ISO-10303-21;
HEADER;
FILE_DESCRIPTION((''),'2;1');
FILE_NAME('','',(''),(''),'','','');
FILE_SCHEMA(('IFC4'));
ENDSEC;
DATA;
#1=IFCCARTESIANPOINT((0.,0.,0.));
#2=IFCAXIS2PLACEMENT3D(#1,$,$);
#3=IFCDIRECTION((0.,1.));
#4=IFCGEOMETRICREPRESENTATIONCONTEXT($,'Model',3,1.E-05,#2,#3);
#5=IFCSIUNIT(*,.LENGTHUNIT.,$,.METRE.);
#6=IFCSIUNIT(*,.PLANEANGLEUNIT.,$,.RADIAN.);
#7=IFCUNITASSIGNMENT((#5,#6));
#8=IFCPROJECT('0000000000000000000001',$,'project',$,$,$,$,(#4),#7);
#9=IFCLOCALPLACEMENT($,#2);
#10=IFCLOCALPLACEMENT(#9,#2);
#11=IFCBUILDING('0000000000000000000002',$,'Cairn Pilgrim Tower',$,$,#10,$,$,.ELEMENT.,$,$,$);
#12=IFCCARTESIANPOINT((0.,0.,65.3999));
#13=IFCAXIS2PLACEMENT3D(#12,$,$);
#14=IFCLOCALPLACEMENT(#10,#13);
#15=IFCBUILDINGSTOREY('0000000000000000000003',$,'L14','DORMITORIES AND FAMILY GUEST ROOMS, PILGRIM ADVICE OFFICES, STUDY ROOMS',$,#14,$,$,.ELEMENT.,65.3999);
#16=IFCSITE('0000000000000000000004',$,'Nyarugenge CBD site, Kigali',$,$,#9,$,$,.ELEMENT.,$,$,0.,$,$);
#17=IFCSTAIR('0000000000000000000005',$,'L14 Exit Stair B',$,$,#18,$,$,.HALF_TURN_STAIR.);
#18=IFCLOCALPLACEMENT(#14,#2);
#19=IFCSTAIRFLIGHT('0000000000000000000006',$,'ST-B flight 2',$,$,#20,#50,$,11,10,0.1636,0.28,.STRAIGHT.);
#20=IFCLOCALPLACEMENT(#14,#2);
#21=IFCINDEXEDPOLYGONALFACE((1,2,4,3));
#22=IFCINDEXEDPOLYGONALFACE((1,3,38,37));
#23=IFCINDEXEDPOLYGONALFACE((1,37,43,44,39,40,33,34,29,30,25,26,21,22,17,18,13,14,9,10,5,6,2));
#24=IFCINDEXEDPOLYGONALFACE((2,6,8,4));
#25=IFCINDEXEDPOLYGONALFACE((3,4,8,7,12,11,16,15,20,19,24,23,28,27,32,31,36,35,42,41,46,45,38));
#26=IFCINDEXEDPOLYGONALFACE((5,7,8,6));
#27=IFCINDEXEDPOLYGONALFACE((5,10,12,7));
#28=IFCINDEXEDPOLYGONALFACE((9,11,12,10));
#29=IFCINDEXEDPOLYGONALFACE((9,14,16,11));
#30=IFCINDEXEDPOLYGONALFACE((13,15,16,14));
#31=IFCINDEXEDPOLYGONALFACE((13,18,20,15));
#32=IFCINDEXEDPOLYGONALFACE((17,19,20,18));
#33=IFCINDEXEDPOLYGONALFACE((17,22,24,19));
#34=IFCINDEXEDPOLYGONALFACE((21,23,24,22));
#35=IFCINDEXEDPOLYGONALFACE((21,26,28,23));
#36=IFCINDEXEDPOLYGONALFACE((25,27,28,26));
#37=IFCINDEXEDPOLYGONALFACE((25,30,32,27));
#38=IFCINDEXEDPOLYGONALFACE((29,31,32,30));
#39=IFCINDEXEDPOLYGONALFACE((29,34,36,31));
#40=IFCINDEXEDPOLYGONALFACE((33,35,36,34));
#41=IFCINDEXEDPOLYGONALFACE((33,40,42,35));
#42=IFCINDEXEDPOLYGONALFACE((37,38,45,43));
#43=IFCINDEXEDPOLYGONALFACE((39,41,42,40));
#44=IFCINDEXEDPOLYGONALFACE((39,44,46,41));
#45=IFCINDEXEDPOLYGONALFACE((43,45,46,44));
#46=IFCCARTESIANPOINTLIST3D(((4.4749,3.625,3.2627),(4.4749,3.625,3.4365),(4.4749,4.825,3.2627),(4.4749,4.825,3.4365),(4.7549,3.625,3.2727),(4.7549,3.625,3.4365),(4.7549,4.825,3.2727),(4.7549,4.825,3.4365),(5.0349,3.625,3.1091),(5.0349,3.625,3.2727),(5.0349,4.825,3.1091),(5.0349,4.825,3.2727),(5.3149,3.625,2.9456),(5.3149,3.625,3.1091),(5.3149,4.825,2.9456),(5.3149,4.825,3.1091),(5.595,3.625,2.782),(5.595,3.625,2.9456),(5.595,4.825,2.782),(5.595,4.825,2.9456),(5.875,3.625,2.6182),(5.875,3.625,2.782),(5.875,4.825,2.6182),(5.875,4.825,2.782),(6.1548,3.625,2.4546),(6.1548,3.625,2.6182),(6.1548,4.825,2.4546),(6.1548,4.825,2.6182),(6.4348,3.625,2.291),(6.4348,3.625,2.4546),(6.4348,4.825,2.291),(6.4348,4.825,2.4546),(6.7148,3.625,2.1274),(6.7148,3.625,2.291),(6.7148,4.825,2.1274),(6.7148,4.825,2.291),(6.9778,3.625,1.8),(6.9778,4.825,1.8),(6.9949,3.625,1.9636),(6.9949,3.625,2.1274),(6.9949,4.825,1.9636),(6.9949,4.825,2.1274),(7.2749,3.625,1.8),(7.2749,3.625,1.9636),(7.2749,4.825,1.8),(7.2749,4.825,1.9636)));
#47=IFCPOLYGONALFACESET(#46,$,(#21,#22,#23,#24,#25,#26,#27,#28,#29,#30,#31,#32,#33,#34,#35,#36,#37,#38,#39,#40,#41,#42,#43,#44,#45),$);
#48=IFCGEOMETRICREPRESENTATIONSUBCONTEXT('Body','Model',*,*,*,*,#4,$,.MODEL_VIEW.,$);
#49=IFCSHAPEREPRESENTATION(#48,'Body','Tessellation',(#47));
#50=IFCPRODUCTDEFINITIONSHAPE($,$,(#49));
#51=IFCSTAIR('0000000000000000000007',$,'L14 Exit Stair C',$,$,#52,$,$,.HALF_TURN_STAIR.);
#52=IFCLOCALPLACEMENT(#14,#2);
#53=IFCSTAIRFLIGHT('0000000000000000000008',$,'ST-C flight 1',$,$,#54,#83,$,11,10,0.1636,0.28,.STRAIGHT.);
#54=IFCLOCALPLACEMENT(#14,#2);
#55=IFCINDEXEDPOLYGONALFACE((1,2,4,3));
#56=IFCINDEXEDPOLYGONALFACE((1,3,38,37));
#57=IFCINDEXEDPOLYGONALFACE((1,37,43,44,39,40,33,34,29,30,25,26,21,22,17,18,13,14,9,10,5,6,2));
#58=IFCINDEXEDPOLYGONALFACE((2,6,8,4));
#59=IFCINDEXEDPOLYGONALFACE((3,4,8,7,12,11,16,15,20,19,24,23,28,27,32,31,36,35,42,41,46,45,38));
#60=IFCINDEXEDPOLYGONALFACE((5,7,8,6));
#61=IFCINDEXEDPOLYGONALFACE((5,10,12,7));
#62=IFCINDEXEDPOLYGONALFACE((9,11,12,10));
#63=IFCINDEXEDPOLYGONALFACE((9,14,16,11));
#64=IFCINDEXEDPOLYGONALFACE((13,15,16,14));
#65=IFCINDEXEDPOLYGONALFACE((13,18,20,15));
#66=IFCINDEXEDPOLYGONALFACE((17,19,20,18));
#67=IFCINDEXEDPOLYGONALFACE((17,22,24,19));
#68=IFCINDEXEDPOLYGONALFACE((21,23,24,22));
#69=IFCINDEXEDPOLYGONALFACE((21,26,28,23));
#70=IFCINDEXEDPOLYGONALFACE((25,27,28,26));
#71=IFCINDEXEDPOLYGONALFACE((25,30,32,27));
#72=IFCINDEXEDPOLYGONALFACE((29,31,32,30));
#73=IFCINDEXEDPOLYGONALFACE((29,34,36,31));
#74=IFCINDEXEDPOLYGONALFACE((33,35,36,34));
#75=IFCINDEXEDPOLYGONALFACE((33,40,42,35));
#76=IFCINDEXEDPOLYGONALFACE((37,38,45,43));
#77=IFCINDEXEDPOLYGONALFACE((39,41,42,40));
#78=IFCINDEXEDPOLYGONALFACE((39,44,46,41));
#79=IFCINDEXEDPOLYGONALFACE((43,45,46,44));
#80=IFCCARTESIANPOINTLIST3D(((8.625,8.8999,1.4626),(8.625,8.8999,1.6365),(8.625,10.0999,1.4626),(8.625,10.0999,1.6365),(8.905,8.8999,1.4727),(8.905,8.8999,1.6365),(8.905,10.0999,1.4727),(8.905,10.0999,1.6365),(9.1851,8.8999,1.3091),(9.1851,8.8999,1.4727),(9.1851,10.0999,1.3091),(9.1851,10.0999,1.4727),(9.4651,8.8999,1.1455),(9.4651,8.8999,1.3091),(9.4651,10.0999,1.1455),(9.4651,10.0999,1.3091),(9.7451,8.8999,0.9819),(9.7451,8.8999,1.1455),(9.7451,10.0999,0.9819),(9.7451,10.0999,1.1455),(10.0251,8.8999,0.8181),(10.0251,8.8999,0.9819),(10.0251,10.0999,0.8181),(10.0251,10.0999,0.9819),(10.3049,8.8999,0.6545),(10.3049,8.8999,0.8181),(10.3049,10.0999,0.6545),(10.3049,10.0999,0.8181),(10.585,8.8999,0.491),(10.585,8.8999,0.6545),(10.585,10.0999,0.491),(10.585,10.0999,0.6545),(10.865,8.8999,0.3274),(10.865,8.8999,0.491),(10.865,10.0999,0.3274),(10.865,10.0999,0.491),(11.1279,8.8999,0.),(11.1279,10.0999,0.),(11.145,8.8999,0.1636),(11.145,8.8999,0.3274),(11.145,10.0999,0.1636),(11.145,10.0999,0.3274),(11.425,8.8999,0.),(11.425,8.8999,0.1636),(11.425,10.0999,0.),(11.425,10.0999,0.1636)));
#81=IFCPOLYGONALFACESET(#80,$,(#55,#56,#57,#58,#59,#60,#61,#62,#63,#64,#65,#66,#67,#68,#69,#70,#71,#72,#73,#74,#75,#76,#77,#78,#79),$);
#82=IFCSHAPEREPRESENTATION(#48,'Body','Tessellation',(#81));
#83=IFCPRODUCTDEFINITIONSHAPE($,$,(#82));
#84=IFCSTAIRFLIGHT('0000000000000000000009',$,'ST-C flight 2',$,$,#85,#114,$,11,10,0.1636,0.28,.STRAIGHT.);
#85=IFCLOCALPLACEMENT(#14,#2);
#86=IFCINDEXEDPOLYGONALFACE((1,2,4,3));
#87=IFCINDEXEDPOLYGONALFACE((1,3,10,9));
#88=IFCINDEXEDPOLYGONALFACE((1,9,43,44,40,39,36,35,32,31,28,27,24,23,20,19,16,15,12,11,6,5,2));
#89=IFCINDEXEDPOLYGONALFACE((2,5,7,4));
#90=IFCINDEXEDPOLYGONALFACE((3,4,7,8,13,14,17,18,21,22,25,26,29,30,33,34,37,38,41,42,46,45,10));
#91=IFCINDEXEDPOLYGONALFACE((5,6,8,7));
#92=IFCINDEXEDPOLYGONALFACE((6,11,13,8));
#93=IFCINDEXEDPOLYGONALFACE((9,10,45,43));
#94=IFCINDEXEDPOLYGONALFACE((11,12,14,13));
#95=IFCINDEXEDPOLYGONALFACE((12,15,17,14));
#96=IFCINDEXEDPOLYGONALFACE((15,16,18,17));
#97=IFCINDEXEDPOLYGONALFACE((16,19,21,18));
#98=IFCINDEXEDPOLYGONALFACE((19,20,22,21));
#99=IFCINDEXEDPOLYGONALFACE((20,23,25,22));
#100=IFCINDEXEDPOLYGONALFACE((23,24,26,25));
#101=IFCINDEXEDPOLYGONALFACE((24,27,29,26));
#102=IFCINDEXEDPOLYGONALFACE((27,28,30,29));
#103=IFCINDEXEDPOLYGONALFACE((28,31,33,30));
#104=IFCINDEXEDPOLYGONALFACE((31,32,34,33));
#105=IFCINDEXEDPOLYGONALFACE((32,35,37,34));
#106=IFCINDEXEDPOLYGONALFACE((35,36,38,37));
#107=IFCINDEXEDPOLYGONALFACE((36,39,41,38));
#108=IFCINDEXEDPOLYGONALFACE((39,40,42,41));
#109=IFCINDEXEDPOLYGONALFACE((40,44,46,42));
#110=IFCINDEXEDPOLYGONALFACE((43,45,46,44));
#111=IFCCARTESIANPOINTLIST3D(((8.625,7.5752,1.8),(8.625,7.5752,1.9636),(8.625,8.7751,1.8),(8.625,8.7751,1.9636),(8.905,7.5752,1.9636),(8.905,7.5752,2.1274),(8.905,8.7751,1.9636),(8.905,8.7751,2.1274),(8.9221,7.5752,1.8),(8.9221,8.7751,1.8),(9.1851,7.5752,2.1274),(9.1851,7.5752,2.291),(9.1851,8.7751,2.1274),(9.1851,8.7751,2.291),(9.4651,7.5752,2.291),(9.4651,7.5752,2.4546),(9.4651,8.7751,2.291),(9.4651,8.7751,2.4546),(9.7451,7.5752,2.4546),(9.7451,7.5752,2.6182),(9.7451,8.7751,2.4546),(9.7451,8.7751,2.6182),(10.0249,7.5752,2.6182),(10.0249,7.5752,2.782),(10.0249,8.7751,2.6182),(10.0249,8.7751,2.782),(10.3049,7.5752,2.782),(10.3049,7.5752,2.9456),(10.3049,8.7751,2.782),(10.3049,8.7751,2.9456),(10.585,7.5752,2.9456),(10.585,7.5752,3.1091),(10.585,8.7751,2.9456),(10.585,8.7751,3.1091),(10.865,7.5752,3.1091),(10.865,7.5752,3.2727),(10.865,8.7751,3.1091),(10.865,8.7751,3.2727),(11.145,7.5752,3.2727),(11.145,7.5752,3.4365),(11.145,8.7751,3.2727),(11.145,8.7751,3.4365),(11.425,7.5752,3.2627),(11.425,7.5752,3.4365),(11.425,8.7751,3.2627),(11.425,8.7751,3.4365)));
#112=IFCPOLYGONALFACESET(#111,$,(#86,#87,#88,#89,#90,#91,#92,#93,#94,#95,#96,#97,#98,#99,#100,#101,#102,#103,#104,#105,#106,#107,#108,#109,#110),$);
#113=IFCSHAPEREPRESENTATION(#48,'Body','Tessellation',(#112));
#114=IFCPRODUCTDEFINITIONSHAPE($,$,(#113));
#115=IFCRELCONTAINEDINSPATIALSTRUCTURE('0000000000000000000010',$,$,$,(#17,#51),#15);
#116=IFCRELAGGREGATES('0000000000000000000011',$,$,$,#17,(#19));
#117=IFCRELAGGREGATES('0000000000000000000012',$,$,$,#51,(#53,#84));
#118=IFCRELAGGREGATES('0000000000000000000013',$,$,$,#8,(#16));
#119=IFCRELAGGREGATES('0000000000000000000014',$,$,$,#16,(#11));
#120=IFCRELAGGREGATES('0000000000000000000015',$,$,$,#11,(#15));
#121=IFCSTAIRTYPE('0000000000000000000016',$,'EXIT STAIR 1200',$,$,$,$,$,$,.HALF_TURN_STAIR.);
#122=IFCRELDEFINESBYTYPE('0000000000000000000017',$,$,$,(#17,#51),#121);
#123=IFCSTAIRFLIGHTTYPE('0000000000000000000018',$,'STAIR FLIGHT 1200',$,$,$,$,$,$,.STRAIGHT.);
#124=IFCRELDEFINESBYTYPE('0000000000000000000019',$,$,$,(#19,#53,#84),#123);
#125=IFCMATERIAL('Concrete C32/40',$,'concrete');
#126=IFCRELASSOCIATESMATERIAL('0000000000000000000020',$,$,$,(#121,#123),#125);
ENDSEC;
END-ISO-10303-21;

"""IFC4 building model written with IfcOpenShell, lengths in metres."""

from ifc_helpers import new_model, si_unit, direction, frame, origin, place, context, subcontext, project, spatial, polyline, outline, extrude, material, type_object, element, aggregate, save


model = new_model("IFC4")

# Units and contexts
model_context = context("Model", 3, precision=1e-05, world=origin(), true_north=direction((0.0, 1.0)))
body_context = subcontext(model_context, "Body", "Model", "MODEL_VIEW")
ifc_project = project(units=[si_unit("LENGTHUNIT", "METRE"), si_unit("PLANEANGLEUNIT", "RADIAN")], contexts=[model_context])

# Site, building, storey
site_placement = place(None, origin())
site = spatial("IfcSite", under=ifc_project, at=site_placement, Name="Nyarugenge CBD site, Kigali", CompositionType="ELEMENT", RefElevation=0.0)
building_placement = place(site_placement, origin())
building = spatial("IfcBuilding", under=site, at=building_placement, Name="Cairn Pilgrim Tower", CompositionType="ELEMENT")
storey_placement = place(building_placement, frame((0.0, 0.0, 65.3999)))
storey = spatial("IfcBuildingStorey", under=building, at=storey_placement, Name="L14", Description="DORMITORIES AND FAMILY GUEST ROOMS, PILGRIM ADVICE OFFICES, STUDY ROOMS", CompositionType="ELEMENT", Elevation=65.3999)

# Shared definitions
ifc_material_1 = material(Name="Concrete C32/40", Category="concrete")

# Stairs, stair flights
stair_type = type_object("IfcStairType", Name="EXIT STAIR 1200", PredefinedType="HALF_TURN_STAIR", material=ifc_material_1)
stair_1_placement = place(storey_placement, origin())
stair_1 = element("IfcStair", 1, at=stair_1_placement, inside=storey, type_object=stair_type, Name="L14 Exit Stair B", PredefinedType="HALF_TURN_STAIR")
stair_flight_type = type_object("IfcStairFlightType", Name="STAIR FLIGHT 1200", PredefinedType="STRAIGHT", material=ifc_material_1)
stair_flight_1_placement = place(storey_placement, frame((7.2749, 4.2251, 1.8), z_axis=(0.0, 0.0, 1.0), x_axis=(-1.0, 0.0, 0.0)))
stair_flight_1 = element("IfcStairFlight", 2, at=stair_flight_1_placement, type_object=stair_flight_type, Name="ST-B flight 2", NumberOfRisers=11, NumberOfTreads=10, PredefinedType="STRAIGHT", RiserHeight=0.1636, TreadLength=0.28, context=body_context, shape_type="SweptSolid", body=[
    extrude(outline(polyline([(0.0, 0.0), (0.0, 0.1636), (0.28, 0.1636), (0.28, 0.3274), (0.5601, 0.3274), (0.5601, 0.491), (0.8401, 0.491), (0.8401, 0.6545), (1.1201, 0.6545), (1.1201, 0.8181), (1.3999, 0.8181), (1.3999, 0.9819), (1.6799, 0.9819), (1.6799, 1.1455), (1.96, 1.1455), (1.96, 1.3091), (2.24, 1.3091), (2.24, 1.4727), (2.52, 1.4727), (2.52, 1.6365), (2.8, 1.6365), (2.8, 1.8), (2.8, 1.4626), (0.2971, 0.0), (0.0, 0.0)])), frame((0.0, 0.6001, 0.0), z_axis=(0.0, -1.0, 0.0), x_axis=(1.0, 0.0, 0.0)), (0.0, 0.0, 1.0), 1.2),
])
aggregate(stair_1, [stair_flight_1])
stair_2_placement = place(storey_placement, origin())
stair_2 = element("IfcStair", 3, at=stair_2_placement, inside=storey, type_object=stair_type, Name="L14 Exit Stair C", PredefinedType="HALF_TURN_STAIR")
stair_flight_2_placement = place(storey_placement, frame((11.425, 9.5, 0.0), z_axis=(0.0, 0.0, 1.0), x_axis=(-1.0, 0.0, 0.0)))
stair_flight_2 = element("IfcStairFlight", 4, at=stair_flight_2_placement, type_object=stair_flight_type, Name="ST-C flight 1", NumberOfRisers=11, NumberOfTreads=10, PredefinedType="STRAIGHT", RiserHeight=0.1636, TreadLength=0.28, context=body_context, shape_type="SweptSolid", body=[
    extrude(outline(polyline([(0.0, 0.0), (0.0, 0.1636), (0.28, 0.1636), (0.28, 0.3274), (0.5601, 0.3274), (0.5601, 0.491), (0.8401, 0.491), (0.8401, 0.6545), (1.1201, 0.6545), (1.1201, 0.8181), (1.3999, 0.8181), (1.3999, 0.9819), (1.6799, 0.9819), (1.6799, 1.1455), (1.96, 1.1455), (1.96, 1.3091), (2.24, 1.3091), (2.24, 1.4727), (2.52, 1.4727), (2.52, 1.6365), (2.8, 1.6365), (2.8, 1.8), (2.8, 1.4626), (0.2971, 0.0), (0.0, 0.0)])), frame((0.0, 0.6001, 0.0), z_axis=(0.0, -1.0, 0.0), x_axis=(1.0, 0.0, 0.0)), (0.0, 0.0, 1.0), 1.2),
])
stair_flight_3_placement = place(storey_placement, frame((8.625, 8.175, 1.8), z_axis=(0.0, 0.0, 1.0), x_axis=(1.0, 0.0, 0.0)))
stair_flight_3 = element("IfcStairFlight", 5, at=stair_flight_3_placement, type_object=stair_flight_type, Name="ST-C flight 2", NumberOfRisers=11, NumberOfTreads=10, PredefinedType="STRAIGHT", RiserHeight=0.1636, TreadLength=0.28, context=body_context, shape_type="SweptSolid", body=[
    extrude(outline(polyline([(0.0, 0.0), (0.0, 0.1636), (0.28, 0.1636), (0.28, 0.3274), (0.5601, 0.3274), (0.5601, 0.491), (0.8401, 0.491), (0.8401, 0.6545), (1.1201, 0.6545), (1.1201, 0.8181), (1.3999, 0.8181), (1.3999, 0.9819), (1.6799, 0.9819), (1.6799, 1.1455), (1.96, 1.1455), (1.96, 1.3091), (2.24, 1.3091), (2.24, 1.4727), (2.52, 1.4727), (2.52, 1.6365), (2.8, 1.6365), (2.8, 1.8), (2.8, 1.4626), (0.2971, 0.0), (0.0, 0.0)])), frame((0.0, 0.6001, 0.0), z_axis=(0.0, -1.0, 0.0), x_axis=(1.0, 0.0, 0.0)), (0.0, 0.0, 1.0), 1.2),
])
aggregate(stair_2, [stair_flight_2, stair_flight_3])

save(model, "model.ifc")
